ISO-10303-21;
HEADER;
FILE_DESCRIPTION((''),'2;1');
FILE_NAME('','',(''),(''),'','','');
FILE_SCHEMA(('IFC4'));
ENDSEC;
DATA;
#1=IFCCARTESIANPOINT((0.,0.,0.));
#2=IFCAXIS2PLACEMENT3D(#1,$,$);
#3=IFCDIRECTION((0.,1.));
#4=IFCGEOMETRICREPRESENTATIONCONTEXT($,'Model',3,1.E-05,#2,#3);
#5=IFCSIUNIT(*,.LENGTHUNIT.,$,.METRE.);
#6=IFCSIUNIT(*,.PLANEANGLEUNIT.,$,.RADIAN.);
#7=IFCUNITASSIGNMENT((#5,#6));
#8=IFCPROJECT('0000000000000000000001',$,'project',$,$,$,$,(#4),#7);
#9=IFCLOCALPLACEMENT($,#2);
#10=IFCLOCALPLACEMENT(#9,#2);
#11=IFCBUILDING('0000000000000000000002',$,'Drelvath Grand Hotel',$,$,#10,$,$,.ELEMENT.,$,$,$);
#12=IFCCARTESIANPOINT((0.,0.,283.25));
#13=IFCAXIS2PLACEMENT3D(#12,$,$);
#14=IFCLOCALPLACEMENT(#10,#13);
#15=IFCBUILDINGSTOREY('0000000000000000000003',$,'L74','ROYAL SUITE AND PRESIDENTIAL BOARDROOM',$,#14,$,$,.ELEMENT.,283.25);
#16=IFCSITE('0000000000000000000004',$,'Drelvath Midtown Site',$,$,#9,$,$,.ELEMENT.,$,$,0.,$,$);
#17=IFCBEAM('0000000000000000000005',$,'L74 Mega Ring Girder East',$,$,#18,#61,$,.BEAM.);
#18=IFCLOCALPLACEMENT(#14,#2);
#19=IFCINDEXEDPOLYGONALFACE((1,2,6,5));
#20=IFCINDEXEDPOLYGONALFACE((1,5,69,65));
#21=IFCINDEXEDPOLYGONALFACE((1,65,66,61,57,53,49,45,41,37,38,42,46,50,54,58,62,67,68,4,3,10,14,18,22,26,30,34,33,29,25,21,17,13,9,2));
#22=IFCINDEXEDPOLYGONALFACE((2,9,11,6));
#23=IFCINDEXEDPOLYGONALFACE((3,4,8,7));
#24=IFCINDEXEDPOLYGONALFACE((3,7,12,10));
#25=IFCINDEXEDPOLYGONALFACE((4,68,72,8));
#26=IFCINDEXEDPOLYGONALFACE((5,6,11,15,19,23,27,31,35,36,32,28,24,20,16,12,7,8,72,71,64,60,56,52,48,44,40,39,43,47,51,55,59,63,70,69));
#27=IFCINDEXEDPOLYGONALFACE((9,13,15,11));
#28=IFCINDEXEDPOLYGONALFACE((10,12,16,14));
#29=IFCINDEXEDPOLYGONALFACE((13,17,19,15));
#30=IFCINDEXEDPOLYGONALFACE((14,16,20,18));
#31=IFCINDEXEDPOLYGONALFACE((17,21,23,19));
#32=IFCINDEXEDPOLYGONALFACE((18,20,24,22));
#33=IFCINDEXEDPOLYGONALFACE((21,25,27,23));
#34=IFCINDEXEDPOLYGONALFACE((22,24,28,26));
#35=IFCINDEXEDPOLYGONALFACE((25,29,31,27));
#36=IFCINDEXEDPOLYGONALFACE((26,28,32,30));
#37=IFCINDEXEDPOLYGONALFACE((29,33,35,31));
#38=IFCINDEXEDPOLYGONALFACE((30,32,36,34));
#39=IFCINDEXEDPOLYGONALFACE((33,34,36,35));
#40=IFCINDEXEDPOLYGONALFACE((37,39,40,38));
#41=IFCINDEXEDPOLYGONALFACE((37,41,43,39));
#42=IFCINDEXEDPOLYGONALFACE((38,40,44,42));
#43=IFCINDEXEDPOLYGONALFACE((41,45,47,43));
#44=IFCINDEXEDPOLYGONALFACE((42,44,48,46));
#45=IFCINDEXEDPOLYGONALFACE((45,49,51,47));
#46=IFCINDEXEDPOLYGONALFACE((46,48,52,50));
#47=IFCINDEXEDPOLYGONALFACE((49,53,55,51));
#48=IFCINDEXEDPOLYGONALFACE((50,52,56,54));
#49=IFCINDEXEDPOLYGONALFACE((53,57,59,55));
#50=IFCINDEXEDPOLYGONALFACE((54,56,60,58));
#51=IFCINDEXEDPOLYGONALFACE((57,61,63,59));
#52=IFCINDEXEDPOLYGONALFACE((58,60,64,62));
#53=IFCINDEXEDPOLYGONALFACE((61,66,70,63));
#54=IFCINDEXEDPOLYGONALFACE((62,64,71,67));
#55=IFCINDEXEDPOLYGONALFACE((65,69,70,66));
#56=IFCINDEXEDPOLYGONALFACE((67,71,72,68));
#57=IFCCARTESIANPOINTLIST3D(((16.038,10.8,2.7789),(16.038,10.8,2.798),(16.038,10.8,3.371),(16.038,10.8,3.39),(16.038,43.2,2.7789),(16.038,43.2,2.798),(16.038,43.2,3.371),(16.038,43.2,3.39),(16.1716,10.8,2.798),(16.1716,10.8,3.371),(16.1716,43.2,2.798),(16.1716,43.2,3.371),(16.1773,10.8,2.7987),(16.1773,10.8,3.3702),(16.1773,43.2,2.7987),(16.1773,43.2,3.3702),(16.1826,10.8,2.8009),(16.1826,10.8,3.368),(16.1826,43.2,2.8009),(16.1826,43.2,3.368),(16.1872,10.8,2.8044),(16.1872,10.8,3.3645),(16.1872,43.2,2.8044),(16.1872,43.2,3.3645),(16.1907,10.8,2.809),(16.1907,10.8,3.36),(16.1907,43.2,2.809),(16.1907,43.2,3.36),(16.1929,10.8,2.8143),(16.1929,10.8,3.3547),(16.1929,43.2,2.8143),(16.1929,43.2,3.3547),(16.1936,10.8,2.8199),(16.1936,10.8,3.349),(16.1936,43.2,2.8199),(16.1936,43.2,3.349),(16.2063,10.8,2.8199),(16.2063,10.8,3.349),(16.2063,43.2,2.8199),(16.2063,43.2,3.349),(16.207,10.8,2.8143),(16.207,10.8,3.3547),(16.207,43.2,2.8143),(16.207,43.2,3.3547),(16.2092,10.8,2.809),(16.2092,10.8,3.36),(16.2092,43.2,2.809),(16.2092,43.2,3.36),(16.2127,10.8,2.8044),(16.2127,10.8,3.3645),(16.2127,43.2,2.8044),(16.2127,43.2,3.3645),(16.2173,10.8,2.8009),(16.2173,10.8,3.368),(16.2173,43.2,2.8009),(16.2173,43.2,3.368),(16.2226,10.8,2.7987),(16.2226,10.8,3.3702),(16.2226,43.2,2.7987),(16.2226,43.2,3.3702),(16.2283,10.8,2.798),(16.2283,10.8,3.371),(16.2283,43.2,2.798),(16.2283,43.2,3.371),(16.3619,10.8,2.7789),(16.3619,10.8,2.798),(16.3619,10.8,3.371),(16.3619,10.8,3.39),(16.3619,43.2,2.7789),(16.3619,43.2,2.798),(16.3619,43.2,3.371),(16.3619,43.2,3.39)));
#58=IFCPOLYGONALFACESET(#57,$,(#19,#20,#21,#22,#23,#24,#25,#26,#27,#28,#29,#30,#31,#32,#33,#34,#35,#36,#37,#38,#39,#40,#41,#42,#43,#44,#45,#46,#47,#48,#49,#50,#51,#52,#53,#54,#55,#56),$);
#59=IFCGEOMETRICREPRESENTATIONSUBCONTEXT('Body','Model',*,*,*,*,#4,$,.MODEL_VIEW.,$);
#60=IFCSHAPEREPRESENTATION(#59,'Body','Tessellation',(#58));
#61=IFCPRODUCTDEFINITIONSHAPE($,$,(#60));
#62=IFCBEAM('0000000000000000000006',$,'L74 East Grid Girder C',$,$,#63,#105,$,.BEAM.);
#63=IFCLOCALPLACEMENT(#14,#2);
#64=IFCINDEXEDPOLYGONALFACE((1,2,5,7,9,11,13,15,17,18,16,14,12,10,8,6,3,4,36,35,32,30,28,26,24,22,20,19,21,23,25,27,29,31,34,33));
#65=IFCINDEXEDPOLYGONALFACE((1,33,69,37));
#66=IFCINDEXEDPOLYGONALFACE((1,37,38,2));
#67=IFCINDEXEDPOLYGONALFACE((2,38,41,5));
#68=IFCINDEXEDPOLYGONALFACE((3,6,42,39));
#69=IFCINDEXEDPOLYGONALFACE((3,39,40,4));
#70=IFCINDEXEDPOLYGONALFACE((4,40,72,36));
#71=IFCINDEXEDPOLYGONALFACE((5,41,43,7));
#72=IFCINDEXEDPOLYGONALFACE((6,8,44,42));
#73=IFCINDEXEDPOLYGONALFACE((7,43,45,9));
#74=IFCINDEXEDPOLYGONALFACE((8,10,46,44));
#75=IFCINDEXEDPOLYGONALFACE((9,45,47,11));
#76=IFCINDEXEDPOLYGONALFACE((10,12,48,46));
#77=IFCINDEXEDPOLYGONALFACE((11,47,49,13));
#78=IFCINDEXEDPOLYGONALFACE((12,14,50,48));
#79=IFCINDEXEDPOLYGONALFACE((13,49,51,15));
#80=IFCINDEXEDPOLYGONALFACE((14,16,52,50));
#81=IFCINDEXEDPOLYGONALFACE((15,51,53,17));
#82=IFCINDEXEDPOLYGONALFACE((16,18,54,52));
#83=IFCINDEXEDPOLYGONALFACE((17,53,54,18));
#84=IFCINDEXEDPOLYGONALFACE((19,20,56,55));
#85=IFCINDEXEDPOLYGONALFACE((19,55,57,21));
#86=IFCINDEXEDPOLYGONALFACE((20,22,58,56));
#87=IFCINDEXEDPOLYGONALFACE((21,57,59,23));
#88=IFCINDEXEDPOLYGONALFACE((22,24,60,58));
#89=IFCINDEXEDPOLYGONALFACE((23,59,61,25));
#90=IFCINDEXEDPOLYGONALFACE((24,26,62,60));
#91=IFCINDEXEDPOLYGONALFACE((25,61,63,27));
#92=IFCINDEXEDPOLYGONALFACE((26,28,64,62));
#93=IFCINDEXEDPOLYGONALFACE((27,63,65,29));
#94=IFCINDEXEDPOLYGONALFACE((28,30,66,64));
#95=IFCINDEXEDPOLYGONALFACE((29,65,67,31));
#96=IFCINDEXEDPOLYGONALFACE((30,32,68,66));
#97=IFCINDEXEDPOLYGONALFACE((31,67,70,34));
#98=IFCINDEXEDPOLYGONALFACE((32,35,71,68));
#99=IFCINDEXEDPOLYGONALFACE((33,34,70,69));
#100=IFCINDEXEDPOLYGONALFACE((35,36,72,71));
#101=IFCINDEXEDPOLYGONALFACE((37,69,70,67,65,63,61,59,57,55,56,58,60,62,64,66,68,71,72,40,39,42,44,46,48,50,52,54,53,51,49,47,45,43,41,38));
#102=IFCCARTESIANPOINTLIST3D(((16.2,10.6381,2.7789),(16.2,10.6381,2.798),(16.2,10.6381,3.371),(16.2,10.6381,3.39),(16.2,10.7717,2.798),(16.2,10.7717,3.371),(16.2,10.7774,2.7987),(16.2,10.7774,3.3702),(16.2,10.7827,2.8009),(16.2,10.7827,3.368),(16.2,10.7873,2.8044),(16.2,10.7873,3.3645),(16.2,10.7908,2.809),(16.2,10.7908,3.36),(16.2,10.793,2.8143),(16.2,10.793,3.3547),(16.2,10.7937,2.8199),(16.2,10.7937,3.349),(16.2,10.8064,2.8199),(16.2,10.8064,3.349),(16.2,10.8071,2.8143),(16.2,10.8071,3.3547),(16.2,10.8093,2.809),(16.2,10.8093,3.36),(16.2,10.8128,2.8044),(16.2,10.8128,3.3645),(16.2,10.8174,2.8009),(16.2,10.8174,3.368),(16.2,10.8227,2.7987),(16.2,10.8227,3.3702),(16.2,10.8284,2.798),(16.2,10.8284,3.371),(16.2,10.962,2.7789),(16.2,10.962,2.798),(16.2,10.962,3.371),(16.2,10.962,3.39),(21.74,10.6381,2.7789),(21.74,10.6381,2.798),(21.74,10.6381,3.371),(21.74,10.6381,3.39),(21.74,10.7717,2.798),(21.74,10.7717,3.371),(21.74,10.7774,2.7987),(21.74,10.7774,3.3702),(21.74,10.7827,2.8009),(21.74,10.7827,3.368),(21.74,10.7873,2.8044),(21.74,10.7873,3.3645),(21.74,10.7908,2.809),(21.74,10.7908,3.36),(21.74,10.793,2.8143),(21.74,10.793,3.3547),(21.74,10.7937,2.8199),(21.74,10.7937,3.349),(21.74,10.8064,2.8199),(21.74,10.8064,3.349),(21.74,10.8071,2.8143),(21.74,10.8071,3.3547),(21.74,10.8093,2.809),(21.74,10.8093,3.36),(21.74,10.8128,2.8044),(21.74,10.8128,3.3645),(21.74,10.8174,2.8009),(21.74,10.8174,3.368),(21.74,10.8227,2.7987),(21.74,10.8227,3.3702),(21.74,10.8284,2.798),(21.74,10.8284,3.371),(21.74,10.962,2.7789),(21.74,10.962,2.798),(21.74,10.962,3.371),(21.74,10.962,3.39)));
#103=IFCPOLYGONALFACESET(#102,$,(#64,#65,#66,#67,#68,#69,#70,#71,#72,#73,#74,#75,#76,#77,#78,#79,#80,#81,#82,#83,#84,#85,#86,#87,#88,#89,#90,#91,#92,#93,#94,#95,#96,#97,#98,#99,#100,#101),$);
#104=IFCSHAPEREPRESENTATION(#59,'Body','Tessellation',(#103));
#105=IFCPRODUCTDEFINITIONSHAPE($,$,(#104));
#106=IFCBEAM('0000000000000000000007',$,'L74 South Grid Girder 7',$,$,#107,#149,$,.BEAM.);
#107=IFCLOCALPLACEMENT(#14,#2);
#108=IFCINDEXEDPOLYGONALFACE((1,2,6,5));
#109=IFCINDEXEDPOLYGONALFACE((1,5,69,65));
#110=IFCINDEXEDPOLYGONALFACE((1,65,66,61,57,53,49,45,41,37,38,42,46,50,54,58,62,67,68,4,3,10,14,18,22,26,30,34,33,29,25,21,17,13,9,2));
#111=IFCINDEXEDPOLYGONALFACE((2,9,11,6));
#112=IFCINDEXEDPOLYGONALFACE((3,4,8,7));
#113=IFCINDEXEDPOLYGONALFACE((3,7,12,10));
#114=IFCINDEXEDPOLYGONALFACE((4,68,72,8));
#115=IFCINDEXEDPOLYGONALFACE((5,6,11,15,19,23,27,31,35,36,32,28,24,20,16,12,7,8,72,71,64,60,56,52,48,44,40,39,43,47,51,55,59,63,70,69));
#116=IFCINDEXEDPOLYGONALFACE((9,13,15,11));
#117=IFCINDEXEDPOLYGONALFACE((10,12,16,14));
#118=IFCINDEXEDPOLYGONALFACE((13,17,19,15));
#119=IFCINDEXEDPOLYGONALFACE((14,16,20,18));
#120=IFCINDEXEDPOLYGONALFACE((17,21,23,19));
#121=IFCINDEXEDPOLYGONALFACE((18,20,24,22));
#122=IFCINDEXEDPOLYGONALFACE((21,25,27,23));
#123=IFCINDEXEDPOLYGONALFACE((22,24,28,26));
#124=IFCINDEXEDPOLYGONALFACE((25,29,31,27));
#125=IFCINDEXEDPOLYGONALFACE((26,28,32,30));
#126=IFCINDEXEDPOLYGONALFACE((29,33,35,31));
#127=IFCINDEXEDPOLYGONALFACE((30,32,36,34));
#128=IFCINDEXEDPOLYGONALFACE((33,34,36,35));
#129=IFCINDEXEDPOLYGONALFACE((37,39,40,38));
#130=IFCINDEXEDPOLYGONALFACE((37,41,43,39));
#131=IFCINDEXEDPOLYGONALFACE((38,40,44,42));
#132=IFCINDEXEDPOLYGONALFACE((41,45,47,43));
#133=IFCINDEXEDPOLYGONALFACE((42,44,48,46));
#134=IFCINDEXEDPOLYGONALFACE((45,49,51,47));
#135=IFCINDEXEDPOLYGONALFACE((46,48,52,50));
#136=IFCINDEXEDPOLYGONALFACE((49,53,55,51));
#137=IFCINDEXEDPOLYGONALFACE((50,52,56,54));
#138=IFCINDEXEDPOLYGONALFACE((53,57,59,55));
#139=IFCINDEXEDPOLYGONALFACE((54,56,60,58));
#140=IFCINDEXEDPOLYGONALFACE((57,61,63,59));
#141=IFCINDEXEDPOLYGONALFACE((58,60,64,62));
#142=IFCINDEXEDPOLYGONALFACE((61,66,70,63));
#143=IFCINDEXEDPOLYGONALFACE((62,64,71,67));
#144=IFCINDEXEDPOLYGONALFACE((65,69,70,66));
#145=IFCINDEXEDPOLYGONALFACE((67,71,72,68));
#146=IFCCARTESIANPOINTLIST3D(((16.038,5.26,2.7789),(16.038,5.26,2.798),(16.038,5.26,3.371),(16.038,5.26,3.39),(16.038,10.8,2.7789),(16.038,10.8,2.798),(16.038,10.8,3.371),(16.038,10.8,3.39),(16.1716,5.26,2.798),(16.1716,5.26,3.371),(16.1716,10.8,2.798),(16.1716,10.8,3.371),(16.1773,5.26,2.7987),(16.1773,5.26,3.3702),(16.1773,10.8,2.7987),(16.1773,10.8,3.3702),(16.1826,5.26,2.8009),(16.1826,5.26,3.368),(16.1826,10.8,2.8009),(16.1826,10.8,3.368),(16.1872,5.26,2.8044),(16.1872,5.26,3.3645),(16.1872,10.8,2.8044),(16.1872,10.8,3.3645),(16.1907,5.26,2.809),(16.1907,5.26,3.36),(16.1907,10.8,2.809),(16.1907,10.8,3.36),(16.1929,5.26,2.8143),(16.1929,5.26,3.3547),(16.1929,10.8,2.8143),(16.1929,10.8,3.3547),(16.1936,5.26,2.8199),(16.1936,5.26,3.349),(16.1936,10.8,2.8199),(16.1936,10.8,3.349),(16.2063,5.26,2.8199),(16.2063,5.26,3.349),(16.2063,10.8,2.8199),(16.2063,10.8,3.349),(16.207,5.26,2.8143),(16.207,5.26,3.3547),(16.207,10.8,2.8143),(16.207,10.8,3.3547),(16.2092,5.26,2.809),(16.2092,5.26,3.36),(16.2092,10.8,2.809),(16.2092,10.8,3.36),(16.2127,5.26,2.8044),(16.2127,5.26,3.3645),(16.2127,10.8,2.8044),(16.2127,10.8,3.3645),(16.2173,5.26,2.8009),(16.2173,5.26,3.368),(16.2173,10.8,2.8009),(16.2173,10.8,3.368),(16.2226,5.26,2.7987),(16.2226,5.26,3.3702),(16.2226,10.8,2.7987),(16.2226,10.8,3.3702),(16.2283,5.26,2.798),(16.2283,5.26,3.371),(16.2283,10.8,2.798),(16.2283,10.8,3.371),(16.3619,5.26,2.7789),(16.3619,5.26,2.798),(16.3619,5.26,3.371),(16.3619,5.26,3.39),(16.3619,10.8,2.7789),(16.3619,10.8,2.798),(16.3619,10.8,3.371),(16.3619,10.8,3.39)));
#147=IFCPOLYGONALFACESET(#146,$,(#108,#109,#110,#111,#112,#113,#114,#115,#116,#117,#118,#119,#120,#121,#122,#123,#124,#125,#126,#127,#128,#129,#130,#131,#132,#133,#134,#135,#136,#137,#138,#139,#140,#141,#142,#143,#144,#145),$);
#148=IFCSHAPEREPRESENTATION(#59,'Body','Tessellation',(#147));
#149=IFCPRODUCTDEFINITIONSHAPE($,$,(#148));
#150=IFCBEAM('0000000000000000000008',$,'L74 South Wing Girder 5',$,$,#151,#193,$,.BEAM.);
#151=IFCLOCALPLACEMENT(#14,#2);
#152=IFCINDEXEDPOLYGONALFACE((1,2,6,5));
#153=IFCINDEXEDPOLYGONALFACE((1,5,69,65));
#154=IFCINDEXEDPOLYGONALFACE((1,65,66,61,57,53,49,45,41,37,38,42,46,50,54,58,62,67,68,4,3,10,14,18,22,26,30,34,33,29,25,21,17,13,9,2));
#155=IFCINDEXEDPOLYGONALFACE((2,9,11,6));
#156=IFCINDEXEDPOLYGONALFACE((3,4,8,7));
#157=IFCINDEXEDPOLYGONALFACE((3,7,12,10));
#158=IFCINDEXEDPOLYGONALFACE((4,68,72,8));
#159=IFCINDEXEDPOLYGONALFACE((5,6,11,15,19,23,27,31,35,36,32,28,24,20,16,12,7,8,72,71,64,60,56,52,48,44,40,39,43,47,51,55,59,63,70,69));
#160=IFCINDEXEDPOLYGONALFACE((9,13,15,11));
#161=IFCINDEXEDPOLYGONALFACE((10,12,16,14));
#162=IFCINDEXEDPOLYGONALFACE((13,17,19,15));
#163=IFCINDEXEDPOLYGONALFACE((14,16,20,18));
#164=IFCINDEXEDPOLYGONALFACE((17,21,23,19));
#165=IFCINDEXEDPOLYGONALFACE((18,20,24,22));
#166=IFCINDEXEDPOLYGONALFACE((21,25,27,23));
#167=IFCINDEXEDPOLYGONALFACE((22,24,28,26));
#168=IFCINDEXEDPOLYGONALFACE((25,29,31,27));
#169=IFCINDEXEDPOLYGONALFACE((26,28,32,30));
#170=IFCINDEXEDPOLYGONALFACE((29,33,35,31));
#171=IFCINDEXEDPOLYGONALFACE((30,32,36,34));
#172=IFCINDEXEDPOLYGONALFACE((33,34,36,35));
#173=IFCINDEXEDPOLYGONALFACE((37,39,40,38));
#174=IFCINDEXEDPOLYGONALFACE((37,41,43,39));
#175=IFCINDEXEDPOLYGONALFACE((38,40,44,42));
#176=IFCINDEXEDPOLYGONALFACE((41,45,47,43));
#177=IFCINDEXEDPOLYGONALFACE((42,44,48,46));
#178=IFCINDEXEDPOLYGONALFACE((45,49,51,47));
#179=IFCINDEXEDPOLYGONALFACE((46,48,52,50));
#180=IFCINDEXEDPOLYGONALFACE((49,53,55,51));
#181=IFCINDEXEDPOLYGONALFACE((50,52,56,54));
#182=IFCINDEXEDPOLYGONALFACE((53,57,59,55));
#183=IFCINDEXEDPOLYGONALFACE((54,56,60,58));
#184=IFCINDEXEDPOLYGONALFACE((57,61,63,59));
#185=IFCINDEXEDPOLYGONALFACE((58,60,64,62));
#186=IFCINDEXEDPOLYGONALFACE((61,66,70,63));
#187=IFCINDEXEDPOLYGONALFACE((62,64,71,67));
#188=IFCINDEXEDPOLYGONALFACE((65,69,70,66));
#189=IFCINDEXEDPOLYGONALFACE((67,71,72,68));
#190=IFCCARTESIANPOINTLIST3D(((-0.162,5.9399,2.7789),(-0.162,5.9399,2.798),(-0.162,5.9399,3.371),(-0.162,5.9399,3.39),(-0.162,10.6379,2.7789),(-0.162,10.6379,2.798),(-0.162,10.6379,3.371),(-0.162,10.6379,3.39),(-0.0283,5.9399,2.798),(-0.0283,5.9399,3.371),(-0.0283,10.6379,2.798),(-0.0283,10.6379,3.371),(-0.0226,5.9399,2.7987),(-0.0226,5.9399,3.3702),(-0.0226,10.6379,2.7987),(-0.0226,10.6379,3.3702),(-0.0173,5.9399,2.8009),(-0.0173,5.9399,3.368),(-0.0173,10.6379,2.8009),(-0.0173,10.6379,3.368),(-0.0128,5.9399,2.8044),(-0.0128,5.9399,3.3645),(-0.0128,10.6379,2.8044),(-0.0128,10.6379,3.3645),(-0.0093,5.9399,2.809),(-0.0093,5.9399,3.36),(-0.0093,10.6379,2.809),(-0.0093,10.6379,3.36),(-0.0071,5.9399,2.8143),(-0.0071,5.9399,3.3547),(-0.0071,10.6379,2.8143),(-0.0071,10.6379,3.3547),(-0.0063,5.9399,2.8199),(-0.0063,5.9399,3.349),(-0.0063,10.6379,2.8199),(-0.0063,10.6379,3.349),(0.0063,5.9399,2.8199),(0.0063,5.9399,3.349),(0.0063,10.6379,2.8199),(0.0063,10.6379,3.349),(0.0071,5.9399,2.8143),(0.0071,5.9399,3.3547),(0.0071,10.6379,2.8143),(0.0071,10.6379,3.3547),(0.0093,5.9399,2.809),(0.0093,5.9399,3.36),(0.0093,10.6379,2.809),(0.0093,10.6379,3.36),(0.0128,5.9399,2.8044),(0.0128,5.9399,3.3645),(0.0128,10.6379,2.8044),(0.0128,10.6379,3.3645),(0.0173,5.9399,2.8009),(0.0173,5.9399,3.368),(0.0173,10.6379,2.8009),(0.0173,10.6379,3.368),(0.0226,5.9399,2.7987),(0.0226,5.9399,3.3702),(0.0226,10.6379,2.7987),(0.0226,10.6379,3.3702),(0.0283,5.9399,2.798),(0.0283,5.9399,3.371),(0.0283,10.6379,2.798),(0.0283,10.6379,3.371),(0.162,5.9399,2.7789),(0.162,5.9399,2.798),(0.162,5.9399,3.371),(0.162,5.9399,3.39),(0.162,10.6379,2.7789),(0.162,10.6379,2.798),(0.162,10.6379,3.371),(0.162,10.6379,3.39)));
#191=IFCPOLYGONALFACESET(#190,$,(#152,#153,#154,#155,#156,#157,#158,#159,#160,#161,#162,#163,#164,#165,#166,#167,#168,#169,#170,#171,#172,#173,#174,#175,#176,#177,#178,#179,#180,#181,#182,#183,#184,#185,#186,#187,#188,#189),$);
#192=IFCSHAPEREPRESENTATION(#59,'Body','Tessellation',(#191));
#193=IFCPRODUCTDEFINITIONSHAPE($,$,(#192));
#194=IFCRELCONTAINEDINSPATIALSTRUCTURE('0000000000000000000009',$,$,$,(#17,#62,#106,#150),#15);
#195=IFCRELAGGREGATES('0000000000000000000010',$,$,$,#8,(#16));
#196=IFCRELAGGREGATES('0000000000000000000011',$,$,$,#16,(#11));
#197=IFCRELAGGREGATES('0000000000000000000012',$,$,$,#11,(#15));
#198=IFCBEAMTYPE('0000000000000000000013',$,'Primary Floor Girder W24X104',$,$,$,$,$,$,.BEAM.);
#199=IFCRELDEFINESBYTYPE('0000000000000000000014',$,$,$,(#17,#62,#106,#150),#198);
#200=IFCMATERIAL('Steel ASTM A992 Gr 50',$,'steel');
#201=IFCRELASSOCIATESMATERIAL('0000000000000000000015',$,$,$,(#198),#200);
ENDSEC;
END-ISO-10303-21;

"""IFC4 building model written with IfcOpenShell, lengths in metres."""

from ifc_helpers import new_model, si_unit, direction, frame, origin, origin_2d, place, context, subcontext, project, spatial, i_section, extrude, material, material_profile, profile_set, type_object, element, save


model = new_model("IFC4")

# Units and contexts
model_context = context("Model", 3, precision=1e-05, world=origin(), true_north=direction((0.0, 1.0)))
body_context = subcontext(model_context, "Body", "Model", "MODEL_VIEW")
ifc_project = project(units=[si_unit("LENGTHUNIT", "METRE"), si_unit("PLANEANGLEUNIT", "RADIAN")], contexts=[model_context])

# Site, building, storey
site_placement = place(None, origin())
site = spatial("IfcSite", under=ifc_project, at=site_placement, Name="Drelvath Midtown Site", CompositionType="ELEMENT", RefElevation=0.0)
building_placement = place(site_placement, origin())
building = spatial("IfcBuilding", under=site, at=building_placement, Name="Drelvath Grand Hotel", CompositionType="ELEMENT")
storey_placement = place(building_placement, frame((0.0, 0.0, 283.25)))
storey = spatial("IfcBuildingStorey", under=building, at=storey_placement, Name="L74", Description="ROYAL SUITE AND PRESIDENTIAL BOARDROOM", CompositionType="ELEMENT", Elevation=283.25)

# Shared definitions
ifc_material_1 = material(Name="Steel ASTM A992 Gr 50", Category="steel")

# Beams
ifc_material_profile_1 = material_profile(ifc_material_1, i_section(OverallWidth=0.324, OverallDepth=0.6111, WebThickness=0.0127, FlangeThickness=0.019, FilletRadius=0.022, at=origin_2d()), Name="W24X104")
ifc_profile_set_1 = profile_set([ifc_material_profile_1], Name="Steel ASTM A992 Gr 50")
beam_type_1 = type_object("IfcBeamType", Name="Primary Floor Girder W24X104", PredefinedType="BEAM", material=ifc_profile_set_1)
beam_1_placement = place(storey_placement, frame((16.2, 10.8, 3.0845), z_axis=(0.0, 1.0, 0.0), x_axis=(-1.0, 0.0, 0.0)))
element("IfcBeam", 1, at=beam_1_placement, inside=storey, type_object=beam_type_1, Name="L74 Mega Ring Girder East", PredefinedType="BEAM", context=body_context, shape_type="SweptSolid", body=[
    extrude(i_section(OverallWidth=0.324, OverallDepth=0.6111, WebThickness=0.0127, FlangeThickness=0.019, FilletRadius=0.022, at=origin_2d()), origin(), (0.0, 0.0, 1.0), 32.3999),
])
for number, where, z_axis, x_axis, name in (
    (2, (16.2, 10.8, 3.0845), (1.0, 0.0, 0.0), (0.0, 1.0, 0.0), "L74 East Grid Girder C"),
    (3, (16.2, 5.26, 3.0845), (0.0, 1.0, 0.0), (-1.0, 0.0, 0.0), "L74 South Grid Girder 7"),
):
    element("IfcBeam", number, at=place(storey_placement, frame(where, z_axis=z_axis, x_axis=x_axis)), inside=storey, type_object=beam_type_1, Name=name, PredefinedType="BEAM", context=body_context, shape_type="SweptSolid", body=[
        extrude(i_section(OverallWidth=0.324, OverallDepth=0.6111, WebThickness=0.0127, FlangeThickness=0.019, FilletRadius=0.022, at=origin_2d()), origin(), (0.0, 0.0, 1.0), 5.54),
    ])
beam_2_placement = place(storey_placement, frame((0.0, 5.9399, 3.0845), z_axis=(0.0, 1.0, 0.0), x_axis=(-1.0, 0.0, 0.0)))
element("IfcBeam", 4, at=beam_2_placement, inside=storey, type_object=beam_type_1, Name="L74 South Wing Girder 5", PredefinedType="BEAM", context=body_context, shape_type="SweptSolid", body=[
    extrude(i_section(OverallWidth=0.324, OverallDepth=0.6111, WebThickness=0.0127, FlangeThickness=0.019, FilletRadius=0.022, at=origin_2d()), origin(), (0.0, 0.0, 1.0), 4.698),
])

save(model, "model.ifc")
